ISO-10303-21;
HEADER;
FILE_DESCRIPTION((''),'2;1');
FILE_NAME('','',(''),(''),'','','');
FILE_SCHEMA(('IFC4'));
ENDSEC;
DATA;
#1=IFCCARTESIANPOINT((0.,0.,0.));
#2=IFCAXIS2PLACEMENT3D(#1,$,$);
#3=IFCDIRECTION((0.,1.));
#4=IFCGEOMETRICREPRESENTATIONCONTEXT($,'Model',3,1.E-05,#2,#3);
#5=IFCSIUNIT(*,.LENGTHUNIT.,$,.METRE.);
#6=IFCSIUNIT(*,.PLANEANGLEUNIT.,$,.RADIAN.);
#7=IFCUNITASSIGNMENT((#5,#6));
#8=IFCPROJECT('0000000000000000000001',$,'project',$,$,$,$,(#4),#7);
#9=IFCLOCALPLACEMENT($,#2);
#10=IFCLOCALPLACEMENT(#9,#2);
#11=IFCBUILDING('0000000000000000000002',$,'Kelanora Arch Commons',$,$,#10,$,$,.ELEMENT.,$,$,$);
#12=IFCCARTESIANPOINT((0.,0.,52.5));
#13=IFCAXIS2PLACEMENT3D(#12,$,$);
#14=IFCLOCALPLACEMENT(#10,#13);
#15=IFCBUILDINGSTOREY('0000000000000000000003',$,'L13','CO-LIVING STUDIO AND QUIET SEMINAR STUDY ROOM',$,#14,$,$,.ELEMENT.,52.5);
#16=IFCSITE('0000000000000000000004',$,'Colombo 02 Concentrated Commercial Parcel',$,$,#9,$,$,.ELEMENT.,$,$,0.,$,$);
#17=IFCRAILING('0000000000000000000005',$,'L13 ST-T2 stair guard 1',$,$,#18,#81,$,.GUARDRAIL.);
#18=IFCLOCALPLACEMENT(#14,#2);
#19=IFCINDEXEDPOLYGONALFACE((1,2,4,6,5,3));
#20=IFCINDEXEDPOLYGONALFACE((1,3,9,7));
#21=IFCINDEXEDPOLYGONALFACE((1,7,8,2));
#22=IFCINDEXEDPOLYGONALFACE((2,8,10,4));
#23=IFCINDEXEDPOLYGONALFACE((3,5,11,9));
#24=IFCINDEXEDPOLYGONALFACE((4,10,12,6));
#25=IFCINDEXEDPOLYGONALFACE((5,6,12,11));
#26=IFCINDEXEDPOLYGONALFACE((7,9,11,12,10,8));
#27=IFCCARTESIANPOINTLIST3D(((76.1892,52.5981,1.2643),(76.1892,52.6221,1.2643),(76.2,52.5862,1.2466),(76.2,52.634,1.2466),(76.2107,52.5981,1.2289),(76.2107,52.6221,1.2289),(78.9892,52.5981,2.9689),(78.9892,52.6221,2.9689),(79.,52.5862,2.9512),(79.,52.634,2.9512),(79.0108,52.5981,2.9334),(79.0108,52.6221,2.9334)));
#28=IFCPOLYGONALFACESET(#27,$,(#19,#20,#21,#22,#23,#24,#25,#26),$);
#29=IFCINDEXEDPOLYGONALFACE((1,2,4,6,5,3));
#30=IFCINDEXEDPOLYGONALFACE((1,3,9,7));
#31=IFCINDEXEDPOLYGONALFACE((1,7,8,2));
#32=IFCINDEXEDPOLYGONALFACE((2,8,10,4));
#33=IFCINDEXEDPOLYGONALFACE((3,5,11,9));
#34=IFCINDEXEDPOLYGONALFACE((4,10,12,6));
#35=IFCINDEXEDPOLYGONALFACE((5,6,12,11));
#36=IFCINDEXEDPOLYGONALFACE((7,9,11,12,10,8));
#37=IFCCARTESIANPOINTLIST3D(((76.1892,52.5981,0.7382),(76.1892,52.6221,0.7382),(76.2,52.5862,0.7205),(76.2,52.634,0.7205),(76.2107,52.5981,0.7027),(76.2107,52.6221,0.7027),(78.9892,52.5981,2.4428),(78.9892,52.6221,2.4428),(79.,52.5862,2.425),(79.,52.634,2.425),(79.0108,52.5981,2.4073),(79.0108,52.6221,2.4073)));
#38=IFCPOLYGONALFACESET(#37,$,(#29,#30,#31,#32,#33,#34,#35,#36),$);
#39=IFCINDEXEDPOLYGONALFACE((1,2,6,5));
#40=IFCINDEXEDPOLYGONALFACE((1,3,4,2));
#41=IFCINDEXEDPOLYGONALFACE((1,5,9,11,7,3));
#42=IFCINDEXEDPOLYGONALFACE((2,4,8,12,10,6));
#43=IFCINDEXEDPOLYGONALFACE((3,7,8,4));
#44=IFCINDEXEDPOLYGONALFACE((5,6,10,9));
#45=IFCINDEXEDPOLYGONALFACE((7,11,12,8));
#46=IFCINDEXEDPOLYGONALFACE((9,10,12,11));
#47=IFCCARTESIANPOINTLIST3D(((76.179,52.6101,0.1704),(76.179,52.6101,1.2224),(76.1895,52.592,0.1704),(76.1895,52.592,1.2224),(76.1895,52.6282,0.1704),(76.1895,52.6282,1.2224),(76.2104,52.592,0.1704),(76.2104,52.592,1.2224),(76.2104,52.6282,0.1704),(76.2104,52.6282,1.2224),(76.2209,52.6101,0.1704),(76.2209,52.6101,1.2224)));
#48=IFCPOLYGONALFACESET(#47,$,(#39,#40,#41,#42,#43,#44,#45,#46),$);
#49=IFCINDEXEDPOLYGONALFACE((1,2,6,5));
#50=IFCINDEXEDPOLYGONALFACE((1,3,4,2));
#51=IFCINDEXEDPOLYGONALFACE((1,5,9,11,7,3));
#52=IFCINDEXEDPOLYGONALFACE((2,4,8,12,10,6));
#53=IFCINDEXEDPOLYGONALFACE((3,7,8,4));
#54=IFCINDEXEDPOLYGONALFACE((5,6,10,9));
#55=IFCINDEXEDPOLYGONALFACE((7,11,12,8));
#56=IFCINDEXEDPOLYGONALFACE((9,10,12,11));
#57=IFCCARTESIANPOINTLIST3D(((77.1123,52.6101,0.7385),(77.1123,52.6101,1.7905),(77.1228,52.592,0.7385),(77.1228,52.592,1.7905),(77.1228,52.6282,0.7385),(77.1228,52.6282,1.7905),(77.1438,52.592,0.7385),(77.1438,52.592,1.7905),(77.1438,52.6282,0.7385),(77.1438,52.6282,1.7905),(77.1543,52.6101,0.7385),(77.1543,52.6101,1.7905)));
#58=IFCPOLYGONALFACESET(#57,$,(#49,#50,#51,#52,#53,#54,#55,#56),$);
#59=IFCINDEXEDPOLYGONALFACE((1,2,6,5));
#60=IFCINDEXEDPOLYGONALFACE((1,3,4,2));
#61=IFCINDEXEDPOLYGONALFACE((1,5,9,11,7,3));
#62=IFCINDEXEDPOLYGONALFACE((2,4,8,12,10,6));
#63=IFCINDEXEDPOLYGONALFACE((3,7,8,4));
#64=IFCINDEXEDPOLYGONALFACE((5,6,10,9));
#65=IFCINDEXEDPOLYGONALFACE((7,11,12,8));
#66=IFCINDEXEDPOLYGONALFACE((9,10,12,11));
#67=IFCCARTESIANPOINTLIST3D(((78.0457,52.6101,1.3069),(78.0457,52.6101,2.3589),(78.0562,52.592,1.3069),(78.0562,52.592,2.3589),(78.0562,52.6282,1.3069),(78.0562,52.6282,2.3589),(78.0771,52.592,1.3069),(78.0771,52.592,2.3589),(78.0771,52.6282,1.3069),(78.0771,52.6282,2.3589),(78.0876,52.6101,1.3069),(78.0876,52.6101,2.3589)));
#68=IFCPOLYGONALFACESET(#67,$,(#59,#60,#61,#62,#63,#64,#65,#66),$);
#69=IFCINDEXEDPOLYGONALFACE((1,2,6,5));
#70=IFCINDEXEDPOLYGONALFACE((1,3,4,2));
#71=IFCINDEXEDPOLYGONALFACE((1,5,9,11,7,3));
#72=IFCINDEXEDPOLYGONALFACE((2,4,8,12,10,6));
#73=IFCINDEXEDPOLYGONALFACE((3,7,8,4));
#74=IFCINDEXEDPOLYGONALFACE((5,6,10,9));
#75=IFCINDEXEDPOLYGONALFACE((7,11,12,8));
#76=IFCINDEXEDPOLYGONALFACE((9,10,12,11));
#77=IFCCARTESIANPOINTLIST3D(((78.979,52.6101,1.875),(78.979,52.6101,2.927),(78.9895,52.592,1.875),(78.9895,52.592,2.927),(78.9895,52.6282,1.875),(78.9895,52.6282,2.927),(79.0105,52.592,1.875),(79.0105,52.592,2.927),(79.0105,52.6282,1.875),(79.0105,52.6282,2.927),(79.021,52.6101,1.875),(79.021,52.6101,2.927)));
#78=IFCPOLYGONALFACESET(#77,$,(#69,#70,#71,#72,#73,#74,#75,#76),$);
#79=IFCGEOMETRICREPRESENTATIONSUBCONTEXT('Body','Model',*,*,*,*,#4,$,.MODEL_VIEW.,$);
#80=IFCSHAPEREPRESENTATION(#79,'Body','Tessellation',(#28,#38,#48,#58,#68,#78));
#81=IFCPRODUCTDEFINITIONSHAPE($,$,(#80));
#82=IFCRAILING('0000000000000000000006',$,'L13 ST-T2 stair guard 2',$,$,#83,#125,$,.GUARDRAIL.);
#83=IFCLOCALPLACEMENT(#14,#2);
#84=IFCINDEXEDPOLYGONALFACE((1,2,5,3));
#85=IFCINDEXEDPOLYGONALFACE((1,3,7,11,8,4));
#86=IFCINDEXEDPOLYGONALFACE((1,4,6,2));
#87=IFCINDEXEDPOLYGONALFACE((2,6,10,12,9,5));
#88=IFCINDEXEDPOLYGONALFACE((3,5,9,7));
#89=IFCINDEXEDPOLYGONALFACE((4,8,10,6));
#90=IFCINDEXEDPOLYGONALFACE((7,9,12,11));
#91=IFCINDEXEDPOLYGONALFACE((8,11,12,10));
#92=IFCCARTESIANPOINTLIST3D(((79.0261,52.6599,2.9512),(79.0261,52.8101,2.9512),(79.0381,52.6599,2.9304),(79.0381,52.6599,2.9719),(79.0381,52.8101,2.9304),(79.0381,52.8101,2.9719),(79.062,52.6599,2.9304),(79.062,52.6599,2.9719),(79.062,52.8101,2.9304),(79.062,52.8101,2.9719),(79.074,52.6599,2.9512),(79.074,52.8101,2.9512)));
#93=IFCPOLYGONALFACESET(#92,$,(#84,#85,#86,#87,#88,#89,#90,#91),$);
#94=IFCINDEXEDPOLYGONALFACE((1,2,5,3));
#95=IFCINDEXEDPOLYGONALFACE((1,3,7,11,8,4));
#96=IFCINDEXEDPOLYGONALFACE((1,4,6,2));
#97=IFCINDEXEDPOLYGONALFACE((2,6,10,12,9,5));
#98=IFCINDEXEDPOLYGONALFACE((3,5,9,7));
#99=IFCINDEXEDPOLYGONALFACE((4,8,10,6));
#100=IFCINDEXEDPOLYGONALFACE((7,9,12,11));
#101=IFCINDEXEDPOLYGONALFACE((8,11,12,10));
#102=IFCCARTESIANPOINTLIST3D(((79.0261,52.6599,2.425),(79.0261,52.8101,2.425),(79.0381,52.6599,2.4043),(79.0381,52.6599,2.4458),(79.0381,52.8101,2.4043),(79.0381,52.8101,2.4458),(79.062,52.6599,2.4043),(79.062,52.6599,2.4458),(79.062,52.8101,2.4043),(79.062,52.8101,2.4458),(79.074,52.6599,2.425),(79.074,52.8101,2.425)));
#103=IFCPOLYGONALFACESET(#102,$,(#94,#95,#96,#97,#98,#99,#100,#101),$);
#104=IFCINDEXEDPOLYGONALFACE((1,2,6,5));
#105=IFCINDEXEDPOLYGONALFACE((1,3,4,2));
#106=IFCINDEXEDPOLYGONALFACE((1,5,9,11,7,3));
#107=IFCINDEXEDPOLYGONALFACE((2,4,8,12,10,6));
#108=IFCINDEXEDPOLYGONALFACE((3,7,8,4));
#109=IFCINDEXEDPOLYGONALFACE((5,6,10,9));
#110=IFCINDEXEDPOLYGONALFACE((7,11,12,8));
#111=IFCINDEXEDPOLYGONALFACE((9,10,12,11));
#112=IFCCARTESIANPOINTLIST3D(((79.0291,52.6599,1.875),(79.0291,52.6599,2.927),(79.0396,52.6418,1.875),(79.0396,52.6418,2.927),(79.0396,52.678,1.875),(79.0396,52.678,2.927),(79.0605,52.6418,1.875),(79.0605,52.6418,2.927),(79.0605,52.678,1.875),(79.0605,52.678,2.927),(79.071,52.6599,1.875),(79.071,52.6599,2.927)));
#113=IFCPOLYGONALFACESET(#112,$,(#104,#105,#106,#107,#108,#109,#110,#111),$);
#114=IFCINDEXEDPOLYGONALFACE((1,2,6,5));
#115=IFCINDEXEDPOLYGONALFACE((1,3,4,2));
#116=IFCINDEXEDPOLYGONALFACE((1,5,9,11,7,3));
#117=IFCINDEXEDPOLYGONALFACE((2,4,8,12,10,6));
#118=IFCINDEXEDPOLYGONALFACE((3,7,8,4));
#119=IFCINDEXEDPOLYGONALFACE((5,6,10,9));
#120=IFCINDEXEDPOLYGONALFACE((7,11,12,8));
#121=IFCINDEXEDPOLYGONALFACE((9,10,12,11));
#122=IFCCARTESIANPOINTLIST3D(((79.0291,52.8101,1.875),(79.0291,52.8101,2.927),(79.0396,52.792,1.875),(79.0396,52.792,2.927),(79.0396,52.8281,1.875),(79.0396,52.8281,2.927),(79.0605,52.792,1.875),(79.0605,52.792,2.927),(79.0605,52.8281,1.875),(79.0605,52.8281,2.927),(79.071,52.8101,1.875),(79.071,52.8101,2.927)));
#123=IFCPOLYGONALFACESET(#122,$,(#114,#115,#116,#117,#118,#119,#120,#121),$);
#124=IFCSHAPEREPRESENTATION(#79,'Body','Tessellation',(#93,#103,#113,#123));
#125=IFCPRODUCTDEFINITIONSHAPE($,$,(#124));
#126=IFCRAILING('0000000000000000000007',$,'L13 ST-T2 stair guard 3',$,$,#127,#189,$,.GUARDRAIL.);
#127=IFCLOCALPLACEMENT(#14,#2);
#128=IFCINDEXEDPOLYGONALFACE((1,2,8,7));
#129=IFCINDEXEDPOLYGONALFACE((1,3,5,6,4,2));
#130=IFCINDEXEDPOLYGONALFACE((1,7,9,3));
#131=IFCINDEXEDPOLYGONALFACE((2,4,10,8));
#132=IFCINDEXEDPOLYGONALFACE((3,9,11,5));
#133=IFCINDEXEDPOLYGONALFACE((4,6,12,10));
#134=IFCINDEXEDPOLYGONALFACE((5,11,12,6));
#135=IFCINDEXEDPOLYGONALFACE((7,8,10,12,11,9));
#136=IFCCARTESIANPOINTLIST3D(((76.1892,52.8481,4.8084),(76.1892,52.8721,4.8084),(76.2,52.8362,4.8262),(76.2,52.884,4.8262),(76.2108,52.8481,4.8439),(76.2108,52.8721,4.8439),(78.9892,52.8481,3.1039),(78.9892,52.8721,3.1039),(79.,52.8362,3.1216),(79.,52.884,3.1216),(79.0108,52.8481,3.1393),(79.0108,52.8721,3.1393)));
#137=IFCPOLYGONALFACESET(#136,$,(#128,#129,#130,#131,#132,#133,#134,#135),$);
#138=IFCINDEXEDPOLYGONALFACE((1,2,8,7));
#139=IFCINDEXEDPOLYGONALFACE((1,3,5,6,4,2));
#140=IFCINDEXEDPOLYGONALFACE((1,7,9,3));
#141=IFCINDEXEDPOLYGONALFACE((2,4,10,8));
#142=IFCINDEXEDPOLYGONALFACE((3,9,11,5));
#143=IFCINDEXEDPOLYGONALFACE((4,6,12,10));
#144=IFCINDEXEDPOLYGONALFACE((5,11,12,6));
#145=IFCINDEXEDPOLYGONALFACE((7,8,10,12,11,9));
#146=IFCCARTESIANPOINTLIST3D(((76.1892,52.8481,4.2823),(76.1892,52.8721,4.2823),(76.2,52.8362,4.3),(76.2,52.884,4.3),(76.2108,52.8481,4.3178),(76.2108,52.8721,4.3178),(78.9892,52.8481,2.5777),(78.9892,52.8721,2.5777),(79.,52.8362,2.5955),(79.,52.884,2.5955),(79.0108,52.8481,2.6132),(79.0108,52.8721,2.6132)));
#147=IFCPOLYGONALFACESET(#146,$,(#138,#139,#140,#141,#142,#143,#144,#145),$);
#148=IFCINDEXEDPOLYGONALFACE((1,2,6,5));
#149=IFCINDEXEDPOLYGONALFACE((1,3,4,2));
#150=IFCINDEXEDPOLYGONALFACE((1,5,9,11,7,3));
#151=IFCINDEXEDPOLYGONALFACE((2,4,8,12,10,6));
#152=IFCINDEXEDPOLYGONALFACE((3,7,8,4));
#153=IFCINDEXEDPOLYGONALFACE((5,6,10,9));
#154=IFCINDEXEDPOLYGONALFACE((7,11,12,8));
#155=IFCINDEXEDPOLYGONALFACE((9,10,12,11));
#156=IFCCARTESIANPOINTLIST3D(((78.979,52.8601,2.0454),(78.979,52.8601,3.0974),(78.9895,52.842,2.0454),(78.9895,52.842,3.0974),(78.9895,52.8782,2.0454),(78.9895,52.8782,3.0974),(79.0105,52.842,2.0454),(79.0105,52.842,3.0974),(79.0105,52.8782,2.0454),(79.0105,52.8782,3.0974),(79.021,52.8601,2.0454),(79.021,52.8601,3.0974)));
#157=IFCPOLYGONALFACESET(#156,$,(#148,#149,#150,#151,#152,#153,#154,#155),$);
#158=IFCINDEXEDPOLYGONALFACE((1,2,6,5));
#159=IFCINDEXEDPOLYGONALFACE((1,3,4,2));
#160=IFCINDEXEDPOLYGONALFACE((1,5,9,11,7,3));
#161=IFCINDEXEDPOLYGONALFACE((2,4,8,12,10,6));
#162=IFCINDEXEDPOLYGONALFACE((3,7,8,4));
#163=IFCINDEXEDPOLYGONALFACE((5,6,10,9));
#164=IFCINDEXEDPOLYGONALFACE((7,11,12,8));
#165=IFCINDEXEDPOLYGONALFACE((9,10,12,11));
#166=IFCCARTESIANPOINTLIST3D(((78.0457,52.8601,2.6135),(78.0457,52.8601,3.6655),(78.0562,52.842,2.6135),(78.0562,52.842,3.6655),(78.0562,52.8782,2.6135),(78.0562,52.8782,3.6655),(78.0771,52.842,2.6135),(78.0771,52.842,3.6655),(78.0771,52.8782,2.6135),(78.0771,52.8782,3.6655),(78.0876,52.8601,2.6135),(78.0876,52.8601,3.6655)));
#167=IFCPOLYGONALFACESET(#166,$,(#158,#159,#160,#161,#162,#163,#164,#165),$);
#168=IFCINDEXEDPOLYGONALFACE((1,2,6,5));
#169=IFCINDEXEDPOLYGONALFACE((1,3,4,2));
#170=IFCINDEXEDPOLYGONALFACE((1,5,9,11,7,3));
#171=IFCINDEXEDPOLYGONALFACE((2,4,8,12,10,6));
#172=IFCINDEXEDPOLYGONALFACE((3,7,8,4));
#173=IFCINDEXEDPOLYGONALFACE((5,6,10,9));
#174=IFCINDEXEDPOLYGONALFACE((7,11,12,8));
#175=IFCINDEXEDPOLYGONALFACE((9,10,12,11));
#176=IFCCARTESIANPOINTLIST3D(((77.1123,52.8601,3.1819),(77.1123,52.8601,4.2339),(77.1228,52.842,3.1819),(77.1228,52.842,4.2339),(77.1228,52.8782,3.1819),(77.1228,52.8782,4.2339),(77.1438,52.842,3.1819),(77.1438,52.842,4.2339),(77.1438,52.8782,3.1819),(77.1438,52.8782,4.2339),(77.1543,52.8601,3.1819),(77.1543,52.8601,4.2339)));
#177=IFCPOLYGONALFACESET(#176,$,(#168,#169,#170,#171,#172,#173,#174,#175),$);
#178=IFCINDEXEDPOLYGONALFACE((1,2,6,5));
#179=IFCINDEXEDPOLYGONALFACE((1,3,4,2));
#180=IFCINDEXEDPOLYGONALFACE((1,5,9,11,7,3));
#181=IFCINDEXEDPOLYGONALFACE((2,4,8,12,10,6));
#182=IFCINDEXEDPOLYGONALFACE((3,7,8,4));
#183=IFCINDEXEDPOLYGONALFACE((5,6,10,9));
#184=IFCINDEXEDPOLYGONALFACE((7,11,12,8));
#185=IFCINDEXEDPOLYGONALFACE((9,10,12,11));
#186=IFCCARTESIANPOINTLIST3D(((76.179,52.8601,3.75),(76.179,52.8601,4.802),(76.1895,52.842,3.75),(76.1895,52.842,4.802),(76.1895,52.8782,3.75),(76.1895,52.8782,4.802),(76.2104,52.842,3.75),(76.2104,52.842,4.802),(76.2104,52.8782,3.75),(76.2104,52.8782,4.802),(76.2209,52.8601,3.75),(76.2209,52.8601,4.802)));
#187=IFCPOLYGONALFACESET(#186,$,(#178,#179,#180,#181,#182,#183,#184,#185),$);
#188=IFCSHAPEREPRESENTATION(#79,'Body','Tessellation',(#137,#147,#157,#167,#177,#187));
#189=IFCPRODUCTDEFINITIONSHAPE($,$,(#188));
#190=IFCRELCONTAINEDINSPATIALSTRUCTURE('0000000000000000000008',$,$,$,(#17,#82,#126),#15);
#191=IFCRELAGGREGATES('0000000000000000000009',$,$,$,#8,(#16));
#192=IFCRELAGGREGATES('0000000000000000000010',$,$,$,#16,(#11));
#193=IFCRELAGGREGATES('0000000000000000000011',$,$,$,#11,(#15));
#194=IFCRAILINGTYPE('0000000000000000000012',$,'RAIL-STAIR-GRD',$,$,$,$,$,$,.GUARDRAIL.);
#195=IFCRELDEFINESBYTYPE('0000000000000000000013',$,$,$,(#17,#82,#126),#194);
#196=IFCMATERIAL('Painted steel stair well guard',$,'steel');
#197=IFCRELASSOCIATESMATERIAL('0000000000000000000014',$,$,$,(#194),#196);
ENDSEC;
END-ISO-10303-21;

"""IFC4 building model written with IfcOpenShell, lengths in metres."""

from ifc_helpers import new_model, si_unit, direction, frame, origin, place, context, subcontext, project, spatial, polyline, outline, extrude, material, type_object, element, save


model = new_model("IFC4")

# Units and contexts
model_context = context("Model", 3, precision=1e-05, world=origin(), true_north=direction((0.0, 1.0)))
body_context = subcontext(model_context, "Body", "Model", "MODEL_VIEW")
ifc_project = project(units=[si_unit("LENGTHUNIT", "METRE"), si_unit("PLANEANGLEUNIT", "RADIAN")], contexts=[model_context])

# Site, building, storey
site_placement = place(None, origin())
site = spatial("IfcSite", under=ifc_project, at=site_placement, Name="Colombo 02 Concentrated Commercial Parcel", CompositionType="ELEMENT", RefElevation=0.0)
building_placement = place(site_placement, origin())
building = spatial("IfcBuilding", under=site, at=building_placement, Name="Kelanora Arch Commons", CompositionType="ELEMENT")
storey_placement = place(building_placement, frame((0.0, 0.0, 52.5)))
storey = spatial("IfcBuildingStorey", under=building, at=storey_placement, Name="L13", Description="CO-LIVING STUDIO AND QUIET SEMINAR STUDY ROOM", CompositionType="ELEMENT", Elevation=52.5)

# Railings
ifc_material_1 = material(Name="Painted steel stair well guard", Category="steel")
railing_type_1 = type_object("IfcRailingType", Name="RAIL-STAIR-GRD", PredefinedType="GUARDRAIL", material=ifc_material_1)
railing_1_placement = place(storey_placement, frame((76.2, 52.6101, 0.1704)))
element("IfcRailing", 1, at=railing_1_placement, inside=storey, type_object=railing_type_1, Name="L13 ST-T2 stair guard 1", PredefinedType="GUARDRAIL", context=body_context, shape_type="SweptSolid", body=[
    extrude(outline(polyline([(0.0239, 0.0), (0.012, 0.0208), (-0.012, 0.0208), (-0.0239, 0.0), (-0.012, -0.0208), (0.012, -0.0208), (0.0239, 0.0)])), frame((0.0, 0.0, 1.0762), z_axis=(0.85417, 0.0, 0.519994), x_axis=(0.0, 1.0, 0.0)), (0.0, 0.0, 1.0), 3.2781),
    extrude(outline(polyline([(0.0239, 0.0), (0.012, 0.0208), (-0.012, 0.0208), (-0.0239, 0.0), (-0.012, -0.0208), (0.012, -0.0208), (0.0239, 0.0)])), frame((0.0, 0.0, 0.55), z_axis=(0.85417, 0.0, 0.519994), x_axis=(0.0, 1.0, 0.0)), (0.0, 0.0, 1.0), 3.2781),
    extrude(outline(polyline([(0.021, 0.0), (0.0105, 0.0181), (-0.0105, 0.0181), (-0.021, 0.0), (-0.0105, -0.0181), (0.0105, -0.0181), (0.021, 0.0)])), origin(), (0.0, 0.0, 1.0), 1.052),
    extrude(outline(polyline([(0.021, 0.0), (0.0105, 0.0181), (-0.0105, 0.0181), (-0.021, 0.0), (-0.0105, -0.0181), (0.0105, -0.0181), (0.021, 0.0)])), frame((0.9333, 0.0, 0.5681)), (0.0, 0.0, 1.0), 1.052),
    extrude(outline(polyline([(0.021, 0.0), (0.0105, 0.0181), (-0.0105, 0.0181), (-0.021, 0.0), (-0.0105, -0.0181), (0.0105, -0.0181), (0.021, 0.0)])), frame((1.8667, 0.0, 1.1365)), (0.0, 0.0, 1.0), 1.052),
    extrude(outline(polyline([(0.021, 0.0), (0.0105, 0.0181), (-0.0105, 0.0181), (-0.021, 0.0), (-0.0105, -0.0181), (0.0105, -0.0181), (0.021, 0.0)])), frame((2.8, 0.0, 1.7046)), (0.0, 0.0, 1.0), 1.052),
])
railing_2_placement = place(storey_placement, frame((79.05, 52.6599, 1.875)))
element("IfcRailing", 2, at=railing_2_placement, inside=storey, type_object=railing_type_1, Name="L13 ST-T2 stair guard 2", PredefinedType="GUARDRAIL", context=body_context, shape_type="SweptSolid", body=[
    extrude(outline(polyline([(0.0239, 0.0), (0.012, 0.0208), (-0.012, 0.0208), (-0.0239, 0.0), (-0.012, -0.0208), (0.012, -0.0208), (0.0239, 0.0)])), frame((0.0, 0.0, 1.0762), z_axis=(0.0, 1.0, 0.0), x_axis=(-1.0, 0.0, 0.0)), (0.0, 0.0, 1.0), 0.1501),
    extrude(outline(polyline([(0.0239, 0.0), (0.012, 0.0208), (-0.012, 0.0208), (-0.0239, 0.0), (-0.012, -0.0208), (0.012, -0.0208), (0.0239, 0.0)])), frame((0.0, 0.0, 0.55), z_axis=(0.0, 1.0, 0.0), x_axis=(-1.0, 0.0, 0.0)), (0.0, 0.0, 1.0), 0.1501),
    extrude(outline(polyline([(0.021, 0.0), (0.0105, 0.0181), (-0.0105, 0.0181), (-0.021, 0.0), (-0.0105, -0.0181), (0.0105, -0.0181), (0.021, 0.0)])), origin(), (0.0, 0.0, 1.0), 1.052),
    extrude(outline(polyline([(0.021, 0.0), (0.0105, 0.0181), (-0.0105, 0.0181), (-0.021, 0.0), (-0.0105, -0.0181), (0.0105, -0.0181), (0.021, 0.0)])), frame((0.0, 0.1501, 0.0)), (0.0, 0.0, 1.0), 1.052),
])
railing_3_placement = place(storey_placement, frame((79.0, 52.8601, 2.0454)))
element("IfcRailing", 3, at=railing_3_placement, inside=storey, type_object=railing_type_1, Name="L13 ST-T2 stair guard 3", PredefinedType="GUARDRAIL", context=body_context, shape_type="SweptSolid", body=[
    extrude(outline(polyline([(0.0239, 0.0), (0.012, 0.0208), (-0.012, 0.0208), (-0.0239, 0.0), (-0.012, -0.0208), (0.012, -0.0208), (0.0239, 0.0)])), frame((0.0, 0.0, 1.0762), z_axis=(-0.85417, 0.0, 0.519994), x_axis=(0.0, -1.0, 0.0)), (0.0, 0.0, 1.0), 3.2781),
    extrude(outline(polyline([(0.0239, 0.0), (0.012, 0.0208), (-0.012, 0.0208), (-0.0239, 0.0), (-0.012, -0.0208), (0.012, -0.0208), (0.0239, 0.0)])), frame((0.0, 0.0, 0.55), z_axis=(-0.85417, 0.0, 0.519994), x_axis=(0.0, -1.0, 0.0)), (0.0, 0.0, 1.0), 3.2781),
    extrude(outline(polyline([(0.021, 0.0), (0.0105, 0.0181), (-0.0105, 0.0181), (-0.021, 0.0), (-0.0105, -0.0181), (0.0105, -0.0181), (0.021, 0.0)])), origin(), (0.0, 0.0, 1.0), 1.052),
    extrude(outline(polyline([(0.021, 0.0), (0.0105, 0.0181), (-0.0105, 0.0181), (-0.021, 0.0), (-0.0105, -0.0181), (0.0105, -0.0181), (0.021, 0.0)])), frame((-0.9333, 0.0, 0.5681)), (0.0, 0.0, 1.0), 1.052),
    extrude(outline(polyline([(0.021, 0.0), (0.0105, 0.0181), (-0.0105, 0.0181), (-0.021, 0.0), (-0.0105, -0.0181), (0.0105, -0.0181), (0.021, 0.0)])), frame((-1.8667, 0.0, 1.1365)), (0.0, 0.0, 1.0), 1.052),
    extrude(outline(polyline([(0.021, 0.0), (0.0105, 0.0181), (-0.0105, 0.0181), (-0.021, 0.0), (-0.0105, -0.0181), (0.0105, -0.0181), (0.021, 0.0)])), frame((-2.8, 0.0, 1.7046)), (0.0, 0.0, 1.0), 1.052),
])

save(model, "model.ifc")
